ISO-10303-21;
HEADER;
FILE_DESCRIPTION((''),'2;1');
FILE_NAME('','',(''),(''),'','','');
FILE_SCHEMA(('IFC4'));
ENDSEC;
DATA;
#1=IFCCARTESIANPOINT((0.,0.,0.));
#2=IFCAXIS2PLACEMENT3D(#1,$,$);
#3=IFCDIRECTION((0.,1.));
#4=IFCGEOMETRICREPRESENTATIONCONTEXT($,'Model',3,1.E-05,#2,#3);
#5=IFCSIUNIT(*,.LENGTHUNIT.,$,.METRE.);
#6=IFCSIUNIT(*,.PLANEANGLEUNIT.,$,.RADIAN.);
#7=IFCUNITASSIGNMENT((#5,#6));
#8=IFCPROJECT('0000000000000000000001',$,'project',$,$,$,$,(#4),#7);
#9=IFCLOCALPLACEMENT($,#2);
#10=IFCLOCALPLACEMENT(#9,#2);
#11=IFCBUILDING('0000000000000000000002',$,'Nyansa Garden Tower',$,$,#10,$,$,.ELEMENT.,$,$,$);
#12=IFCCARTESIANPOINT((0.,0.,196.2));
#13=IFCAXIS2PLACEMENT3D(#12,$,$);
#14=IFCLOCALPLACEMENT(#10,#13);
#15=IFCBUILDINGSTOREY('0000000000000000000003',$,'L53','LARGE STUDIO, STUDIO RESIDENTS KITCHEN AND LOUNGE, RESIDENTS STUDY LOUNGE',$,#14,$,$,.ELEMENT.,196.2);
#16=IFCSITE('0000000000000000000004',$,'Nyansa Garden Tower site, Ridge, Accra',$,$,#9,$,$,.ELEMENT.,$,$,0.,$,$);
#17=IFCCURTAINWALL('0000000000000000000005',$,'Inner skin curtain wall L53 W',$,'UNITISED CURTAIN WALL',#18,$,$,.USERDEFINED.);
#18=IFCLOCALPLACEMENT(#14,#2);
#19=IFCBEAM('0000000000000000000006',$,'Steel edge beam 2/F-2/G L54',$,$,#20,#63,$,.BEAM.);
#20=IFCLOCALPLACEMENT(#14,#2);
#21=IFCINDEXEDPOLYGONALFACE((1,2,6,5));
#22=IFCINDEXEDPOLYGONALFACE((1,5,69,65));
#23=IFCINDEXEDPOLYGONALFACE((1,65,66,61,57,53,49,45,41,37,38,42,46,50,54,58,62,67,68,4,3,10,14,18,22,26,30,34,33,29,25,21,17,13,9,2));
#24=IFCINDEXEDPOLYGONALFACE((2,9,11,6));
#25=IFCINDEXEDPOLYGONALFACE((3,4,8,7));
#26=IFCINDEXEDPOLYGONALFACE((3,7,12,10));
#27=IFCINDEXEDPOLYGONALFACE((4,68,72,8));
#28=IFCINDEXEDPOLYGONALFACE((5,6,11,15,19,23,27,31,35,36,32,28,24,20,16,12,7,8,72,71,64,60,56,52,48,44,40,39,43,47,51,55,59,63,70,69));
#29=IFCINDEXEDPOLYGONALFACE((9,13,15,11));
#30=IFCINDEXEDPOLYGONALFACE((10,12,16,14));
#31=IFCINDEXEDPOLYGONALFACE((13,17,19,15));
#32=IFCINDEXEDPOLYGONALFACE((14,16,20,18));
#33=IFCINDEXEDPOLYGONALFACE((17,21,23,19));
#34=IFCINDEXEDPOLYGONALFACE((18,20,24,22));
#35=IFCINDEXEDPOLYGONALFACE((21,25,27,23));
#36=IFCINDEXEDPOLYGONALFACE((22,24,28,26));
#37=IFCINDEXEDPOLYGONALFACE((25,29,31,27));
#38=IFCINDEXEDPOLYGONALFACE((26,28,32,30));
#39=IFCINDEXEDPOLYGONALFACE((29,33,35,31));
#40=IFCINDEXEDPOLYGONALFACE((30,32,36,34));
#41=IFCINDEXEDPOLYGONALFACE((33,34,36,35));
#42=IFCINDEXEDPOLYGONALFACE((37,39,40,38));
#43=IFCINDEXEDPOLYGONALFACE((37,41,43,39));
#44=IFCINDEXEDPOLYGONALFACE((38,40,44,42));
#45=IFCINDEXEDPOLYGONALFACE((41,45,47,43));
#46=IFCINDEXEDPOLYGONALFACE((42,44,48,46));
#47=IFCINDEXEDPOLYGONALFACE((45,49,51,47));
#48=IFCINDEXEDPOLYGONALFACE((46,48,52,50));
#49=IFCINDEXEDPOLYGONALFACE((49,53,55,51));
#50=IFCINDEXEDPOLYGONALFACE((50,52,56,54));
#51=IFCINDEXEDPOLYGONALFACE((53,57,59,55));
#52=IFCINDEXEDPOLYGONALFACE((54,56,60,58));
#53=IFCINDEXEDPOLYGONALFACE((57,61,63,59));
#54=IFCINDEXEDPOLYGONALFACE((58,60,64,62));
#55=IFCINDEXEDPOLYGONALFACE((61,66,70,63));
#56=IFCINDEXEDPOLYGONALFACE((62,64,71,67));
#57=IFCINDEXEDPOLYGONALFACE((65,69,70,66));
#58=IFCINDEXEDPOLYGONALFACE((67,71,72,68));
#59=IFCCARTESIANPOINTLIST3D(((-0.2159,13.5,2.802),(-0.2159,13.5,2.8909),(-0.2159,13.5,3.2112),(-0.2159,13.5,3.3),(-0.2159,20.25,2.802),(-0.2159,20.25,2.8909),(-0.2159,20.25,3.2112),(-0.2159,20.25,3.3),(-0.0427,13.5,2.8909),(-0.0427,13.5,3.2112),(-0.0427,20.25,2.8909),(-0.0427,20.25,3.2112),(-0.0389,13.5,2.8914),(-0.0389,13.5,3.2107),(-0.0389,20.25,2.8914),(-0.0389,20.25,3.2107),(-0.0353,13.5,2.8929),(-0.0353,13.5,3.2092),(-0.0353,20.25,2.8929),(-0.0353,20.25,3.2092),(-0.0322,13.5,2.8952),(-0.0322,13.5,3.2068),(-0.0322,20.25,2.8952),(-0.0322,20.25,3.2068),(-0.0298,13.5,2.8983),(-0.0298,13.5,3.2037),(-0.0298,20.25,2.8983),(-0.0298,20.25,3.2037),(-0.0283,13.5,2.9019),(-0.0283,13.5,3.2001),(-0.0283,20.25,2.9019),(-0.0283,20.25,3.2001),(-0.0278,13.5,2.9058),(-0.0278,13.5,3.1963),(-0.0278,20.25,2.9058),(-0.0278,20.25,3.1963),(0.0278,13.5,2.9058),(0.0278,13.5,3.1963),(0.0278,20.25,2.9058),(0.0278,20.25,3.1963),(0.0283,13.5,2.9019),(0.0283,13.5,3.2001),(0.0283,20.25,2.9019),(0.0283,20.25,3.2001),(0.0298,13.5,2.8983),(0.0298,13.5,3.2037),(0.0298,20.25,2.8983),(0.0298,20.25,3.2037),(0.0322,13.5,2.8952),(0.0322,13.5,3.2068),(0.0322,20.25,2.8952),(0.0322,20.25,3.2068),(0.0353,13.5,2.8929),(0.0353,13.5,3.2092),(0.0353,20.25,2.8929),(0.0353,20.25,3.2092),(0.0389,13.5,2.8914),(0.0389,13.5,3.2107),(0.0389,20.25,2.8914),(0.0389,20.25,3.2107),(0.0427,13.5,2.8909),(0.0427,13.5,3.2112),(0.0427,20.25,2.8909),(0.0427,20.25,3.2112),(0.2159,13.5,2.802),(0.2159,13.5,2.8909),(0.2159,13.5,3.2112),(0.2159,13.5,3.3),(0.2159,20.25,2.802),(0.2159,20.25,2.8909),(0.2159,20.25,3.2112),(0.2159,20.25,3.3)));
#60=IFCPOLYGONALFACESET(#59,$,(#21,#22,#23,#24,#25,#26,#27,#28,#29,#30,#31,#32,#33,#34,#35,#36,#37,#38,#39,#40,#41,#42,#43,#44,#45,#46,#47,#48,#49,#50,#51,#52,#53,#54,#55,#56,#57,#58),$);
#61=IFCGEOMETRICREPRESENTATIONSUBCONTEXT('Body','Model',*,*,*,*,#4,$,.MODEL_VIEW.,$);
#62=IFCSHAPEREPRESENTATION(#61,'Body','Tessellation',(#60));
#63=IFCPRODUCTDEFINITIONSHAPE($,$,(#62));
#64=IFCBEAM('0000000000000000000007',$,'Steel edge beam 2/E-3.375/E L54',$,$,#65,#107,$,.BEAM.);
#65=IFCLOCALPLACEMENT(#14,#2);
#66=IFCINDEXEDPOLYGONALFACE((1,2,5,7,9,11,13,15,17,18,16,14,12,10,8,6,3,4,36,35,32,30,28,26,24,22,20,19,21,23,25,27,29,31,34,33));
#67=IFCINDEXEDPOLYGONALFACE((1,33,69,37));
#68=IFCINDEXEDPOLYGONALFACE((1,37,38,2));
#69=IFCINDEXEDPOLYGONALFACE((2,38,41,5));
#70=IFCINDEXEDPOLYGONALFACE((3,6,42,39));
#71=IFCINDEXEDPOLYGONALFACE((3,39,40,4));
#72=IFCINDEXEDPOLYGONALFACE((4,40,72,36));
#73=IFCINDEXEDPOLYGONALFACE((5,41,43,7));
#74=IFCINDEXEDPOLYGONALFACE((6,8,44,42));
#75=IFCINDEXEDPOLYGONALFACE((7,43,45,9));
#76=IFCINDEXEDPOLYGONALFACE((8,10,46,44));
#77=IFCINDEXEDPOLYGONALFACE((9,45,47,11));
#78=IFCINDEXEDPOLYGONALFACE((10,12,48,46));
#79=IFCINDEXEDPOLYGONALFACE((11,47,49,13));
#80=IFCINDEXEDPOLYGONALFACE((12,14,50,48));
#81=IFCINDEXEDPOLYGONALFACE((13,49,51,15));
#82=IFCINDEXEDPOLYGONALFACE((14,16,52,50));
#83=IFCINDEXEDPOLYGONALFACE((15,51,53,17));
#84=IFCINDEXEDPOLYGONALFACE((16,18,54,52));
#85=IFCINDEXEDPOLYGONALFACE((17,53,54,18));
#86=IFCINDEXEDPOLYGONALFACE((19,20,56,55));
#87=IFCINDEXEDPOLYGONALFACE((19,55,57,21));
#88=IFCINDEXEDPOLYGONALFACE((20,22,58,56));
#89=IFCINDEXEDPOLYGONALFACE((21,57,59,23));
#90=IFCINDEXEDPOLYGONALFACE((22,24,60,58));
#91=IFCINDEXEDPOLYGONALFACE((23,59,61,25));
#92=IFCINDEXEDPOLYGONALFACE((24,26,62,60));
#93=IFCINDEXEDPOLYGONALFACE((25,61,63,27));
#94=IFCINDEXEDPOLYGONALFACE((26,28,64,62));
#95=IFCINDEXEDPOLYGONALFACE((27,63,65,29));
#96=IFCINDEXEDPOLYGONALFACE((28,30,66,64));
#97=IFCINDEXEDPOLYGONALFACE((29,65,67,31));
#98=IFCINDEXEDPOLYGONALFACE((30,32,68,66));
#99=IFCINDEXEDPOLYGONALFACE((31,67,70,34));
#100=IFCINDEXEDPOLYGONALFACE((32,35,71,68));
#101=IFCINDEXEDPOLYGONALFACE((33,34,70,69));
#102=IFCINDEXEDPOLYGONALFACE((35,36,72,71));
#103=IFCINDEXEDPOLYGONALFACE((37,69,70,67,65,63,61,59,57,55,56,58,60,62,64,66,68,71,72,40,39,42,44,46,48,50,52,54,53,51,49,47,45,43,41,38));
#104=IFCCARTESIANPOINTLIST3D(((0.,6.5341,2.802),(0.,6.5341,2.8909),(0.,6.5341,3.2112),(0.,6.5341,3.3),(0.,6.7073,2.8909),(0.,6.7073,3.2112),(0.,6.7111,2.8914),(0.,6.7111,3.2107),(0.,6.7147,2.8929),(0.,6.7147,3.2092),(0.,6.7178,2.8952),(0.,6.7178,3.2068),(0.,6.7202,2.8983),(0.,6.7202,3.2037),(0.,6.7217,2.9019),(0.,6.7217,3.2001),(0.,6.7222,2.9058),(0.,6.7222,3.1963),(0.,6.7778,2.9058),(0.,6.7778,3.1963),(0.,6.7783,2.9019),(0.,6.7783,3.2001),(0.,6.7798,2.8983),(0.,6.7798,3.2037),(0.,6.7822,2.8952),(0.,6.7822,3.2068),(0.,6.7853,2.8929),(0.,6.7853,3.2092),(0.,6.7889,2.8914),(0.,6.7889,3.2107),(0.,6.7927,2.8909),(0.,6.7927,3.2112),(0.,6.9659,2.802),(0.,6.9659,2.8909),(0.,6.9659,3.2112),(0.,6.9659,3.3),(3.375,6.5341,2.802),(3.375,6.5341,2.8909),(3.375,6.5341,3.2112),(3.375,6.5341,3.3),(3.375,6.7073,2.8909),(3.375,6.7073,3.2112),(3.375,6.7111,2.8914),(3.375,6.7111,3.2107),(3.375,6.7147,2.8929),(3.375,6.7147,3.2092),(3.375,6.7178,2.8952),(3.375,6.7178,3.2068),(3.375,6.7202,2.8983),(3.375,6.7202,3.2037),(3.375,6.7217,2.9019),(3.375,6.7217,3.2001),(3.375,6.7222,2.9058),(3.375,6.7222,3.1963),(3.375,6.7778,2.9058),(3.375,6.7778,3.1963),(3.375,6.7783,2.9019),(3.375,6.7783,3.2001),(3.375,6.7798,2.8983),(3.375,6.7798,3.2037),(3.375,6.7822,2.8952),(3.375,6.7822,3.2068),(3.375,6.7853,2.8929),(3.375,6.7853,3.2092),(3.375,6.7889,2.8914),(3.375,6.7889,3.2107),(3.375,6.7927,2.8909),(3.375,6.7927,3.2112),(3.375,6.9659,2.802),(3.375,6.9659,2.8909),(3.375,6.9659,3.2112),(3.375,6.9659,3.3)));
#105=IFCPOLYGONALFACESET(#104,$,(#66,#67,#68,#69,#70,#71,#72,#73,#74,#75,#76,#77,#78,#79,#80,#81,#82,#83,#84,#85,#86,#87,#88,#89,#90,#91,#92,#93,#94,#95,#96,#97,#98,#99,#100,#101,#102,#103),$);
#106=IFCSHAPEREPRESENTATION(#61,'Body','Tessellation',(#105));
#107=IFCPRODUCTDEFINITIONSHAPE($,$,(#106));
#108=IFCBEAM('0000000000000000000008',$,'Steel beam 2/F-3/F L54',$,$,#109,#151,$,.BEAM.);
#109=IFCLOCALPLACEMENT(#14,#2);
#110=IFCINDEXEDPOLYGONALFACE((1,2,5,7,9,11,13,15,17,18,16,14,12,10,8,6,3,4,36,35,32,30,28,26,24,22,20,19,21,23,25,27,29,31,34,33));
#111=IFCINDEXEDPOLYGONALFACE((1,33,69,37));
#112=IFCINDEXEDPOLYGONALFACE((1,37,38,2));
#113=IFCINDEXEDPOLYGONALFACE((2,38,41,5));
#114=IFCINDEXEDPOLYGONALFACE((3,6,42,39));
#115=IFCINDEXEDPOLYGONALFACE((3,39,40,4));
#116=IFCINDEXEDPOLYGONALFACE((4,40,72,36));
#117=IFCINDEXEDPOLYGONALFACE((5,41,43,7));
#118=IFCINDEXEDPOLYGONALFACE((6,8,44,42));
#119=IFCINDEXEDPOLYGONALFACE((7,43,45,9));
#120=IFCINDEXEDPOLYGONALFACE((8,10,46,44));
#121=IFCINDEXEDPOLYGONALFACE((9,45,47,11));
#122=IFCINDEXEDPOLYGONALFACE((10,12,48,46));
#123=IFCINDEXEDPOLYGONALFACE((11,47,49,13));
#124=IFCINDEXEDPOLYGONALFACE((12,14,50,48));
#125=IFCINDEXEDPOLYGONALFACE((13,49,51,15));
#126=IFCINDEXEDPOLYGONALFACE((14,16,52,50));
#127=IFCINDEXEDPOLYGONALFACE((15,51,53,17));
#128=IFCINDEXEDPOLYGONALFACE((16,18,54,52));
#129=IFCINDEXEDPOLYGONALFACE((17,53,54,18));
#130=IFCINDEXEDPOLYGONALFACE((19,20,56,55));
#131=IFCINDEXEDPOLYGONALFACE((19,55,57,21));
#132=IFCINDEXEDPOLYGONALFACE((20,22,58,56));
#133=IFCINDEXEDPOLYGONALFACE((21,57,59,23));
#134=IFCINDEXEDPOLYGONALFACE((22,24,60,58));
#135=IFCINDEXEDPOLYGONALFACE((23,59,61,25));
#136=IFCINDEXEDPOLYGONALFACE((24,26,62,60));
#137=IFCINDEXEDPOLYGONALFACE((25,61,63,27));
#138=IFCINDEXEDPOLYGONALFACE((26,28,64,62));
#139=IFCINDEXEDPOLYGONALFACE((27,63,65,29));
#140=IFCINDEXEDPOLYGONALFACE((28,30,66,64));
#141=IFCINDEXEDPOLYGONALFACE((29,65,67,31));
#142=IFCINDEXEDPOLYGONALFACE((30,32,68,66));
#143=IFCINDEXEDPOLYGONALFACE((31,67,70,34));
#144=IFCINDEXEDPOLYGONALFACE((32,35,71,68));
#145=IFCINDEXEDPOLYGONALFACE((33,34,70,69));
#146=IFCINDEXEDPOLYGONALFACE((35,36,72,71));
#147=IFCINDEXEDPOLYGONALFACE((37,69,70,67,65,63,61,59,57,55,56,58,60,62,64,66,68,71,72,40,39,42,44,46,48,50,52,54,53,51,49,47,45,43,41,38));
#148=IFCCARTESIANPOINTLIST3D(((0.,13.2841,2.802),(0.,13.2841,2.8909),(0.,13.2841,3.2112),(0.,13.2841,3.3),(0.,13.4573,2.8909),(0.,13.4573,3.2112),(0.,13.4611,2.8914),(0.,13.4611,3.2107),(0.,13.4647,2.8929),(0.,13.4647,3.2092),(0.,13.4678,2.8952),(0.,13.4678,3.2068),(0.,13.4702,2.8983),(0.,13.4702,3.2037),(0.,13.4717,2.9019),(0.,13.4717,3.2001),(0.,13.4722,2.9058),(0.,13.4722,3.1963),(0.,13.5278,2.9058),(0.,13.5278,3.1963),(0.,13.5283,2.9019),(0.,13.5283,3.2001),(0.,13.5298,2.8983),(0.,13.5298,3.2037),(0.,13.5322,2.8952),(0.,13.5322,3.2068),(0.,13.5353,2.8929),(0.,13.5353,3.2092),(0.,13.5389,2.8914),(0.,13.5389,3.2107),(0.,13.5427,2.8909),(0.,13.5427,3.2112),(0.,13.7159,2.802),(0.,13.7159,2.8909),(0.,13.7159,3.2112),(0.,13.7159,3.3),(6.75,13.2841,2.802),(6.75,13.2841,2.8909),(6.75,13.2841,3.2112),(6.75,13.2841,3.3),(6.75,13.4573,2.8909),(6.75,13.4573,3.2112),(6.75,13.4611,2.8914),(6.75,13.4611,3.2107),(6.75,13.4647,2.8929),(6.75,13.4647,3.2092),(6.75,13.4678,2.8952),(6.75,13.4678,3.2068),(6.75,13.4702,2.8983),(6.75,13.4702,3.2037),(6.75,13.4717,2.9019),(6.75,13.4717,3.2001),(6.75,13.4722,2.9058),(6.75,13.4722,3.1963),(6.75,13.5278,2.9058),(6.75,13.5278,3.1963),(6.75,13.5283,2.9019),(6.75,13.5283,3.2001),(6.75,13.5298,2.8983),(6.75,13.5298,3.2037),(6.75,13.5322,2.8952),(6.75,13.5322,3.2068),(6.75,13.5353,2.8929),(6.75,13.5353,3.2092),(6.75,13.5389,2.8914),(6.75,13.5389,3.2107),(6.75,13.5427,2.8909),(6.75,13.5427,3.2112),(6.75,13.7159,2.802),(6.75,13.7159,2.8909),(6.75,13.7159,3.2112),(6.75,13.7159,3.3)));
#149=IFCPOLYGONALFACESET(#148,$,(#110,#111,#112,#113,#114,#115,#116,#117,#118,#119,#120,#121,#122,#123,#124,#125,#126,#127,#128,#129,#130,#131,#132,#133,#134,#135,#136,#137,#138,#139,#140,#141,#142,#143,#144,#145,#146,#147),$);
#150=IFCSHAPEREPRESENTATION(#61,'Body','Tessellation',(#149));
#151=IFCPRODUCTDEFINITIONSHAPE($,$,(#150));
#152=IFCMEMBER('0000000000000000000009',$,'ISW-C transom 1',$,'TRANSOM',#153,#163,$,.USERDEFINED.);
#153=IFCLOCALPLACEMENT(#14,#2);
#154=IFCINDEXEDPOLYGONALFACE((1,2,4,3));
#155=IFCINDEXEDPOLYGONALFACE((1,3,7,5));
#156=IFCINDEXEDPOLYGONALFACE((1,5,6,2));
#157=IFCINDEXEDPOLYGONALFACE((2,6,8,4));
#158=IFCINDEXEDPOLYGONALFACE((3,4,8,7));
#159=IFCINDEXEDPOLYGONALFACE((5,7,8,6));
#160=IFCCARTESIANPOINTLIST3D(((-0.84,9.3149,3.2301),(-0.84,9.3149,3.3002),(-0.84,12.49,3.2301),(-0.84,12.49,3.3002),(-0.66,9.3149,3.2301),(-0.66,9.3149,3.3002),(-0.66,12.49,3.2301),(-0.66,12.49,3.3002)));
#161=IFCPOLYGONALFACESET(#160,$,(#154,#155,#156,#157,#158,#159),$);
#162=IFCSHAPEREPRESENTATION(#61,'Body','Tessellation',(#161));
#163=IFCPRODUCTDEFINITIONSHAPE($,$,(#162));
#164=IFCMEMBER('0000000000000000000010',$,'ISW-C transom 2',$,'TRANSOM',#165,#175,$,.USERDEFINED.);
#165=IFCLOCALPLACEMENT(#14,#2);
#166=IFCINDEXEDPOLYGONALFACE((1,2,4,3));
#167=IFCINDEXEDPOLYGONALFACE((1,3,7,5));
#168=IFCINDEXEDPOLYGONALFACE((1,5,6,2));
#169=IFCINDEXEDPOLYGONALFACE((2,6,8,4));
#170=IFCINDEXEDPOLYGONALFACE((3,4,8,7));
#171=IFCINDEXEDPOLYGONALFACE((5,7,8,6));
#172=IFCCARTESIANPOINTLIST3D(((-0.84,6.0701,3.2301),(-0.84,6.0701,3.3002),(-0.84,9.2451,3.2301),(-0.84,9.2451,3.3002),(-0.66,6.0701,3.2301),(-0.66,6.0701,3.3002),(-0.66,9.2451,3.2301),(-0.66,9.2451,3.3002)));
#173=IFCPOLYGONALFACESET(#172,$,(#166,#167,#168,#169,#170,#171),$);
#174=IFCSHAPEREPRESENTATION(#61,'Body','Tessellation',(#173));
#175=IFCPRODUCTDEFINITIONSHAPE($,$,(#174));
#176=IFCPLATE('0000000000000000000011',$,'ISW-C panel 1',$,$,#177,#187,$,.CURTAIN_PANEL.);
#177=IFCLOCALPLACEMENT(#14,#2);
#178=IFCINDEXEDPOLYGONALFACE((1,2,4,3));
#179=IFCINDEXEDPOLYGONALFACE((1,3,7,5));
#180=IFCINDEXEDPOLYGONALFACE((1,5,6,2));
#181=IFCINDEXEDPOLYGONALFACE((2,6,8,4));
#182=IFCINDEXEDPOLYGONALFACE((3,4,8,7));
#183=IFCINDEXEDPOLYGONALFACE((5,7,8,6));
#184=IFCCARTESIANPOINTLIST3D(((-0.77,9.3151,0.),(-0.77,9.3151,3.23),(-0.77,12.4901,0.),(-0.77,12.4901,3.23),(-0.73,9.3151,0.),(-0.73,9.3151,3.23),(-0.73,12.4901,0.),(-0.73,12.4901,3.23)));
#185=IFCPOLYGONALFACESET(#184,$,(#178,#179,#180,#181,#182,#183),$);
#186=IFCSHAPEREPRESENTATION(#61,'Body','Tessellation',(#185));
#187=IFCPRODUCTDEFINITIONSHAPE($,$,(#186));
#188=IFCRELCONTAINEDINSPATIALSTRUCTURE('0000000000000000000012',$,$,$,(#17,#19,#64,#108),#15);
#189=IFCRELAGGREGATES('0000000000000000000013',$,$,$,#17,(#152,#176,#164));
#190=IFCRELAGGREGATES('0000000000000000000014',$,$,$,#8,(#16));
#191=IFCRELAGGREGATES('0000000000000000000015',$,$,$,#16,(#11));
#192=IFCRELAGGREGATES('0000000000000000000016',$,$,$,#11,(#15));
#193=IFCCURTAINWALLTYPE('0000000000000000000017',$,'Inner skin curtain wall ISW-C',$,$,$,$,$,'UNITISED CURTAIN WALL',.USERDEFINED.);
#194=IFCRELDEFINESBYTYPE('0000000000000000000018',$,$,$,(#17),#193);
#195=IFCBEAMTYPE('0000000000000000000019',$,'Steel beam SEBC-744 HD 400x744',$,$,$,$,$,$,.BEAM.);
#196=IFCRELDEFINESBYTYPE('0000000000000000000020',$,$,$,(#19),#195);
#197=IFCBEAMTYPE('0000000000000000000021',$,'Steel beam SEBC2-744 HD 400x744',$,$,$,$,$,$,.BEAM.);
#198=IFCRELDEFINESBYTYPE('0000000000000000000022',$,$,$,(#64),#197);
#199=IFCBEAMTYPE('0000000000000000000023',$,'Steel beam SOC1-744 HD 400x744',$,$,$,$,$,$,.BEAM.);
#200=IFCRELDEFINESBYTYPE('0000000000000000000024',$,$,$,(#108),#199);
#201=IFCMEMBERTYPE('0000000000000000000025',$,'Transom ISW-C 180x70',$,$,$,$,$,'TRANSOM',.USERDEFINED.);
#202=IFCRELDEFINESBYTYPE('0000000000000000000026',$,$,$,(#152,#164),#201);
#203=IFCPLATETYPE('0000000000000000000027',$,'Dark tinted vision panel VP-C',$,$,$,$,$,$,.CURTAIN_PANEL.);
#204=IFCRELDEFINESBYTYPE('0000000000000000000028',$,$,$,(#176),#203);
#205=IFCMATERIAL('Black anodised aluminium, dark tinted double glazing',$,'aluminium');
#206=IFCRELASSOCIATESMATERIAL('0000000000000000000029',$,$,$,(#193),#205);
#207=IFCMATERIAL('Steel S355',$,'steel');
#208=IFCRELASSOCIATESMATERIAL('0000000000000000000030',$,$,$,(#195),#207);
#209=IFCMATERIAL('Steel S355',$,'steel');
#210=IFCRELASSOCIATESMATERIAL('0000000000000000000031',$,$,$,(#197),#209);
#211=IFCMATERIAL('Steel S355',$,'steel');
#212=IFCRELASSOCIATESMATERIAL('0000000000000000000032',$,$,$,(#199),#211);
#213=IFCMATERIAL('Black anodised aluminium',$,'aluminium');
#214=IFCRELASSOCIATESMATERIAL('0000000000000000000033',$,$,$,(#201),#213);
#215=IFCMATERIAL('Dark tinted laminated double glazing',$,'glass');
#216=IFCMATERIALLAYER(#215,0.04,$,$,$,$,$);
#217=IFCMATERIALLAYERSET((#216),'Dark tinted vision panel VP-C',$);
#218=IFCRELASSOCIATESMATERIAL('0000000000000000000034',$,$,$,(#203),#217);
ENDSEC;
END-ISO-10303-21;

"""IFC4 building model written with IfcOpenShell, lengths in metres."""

from ifc_helpers import new_model, si_unit, direction, frame, origin, origin_2d, place, context, subcontext, project, spatial, rectangle, i_section, extrude, material, layer, layer_set, material_profile, profile_set, type_object, element, aggregate, save


model = new_model("IFC4")

# Units and contexts
model_context = context("Model", 3, precision=1e-05, world=origin(), true_north=direction((0.0, 1.0)))
body_context = subcontext(model_context, "Body", "Model", "MODEL_VIEW")
ifc_project = project(units=[si_unit("LENGTHUNIT", "METRE"), si_unit("PLANEANGLEUNIT", "RADIAN")], contexts=[model_context])

# Site, building, storey
site_placement = place(None, origin())
site = spatial("IfcSite", under=ifc_project, at=site_placement, Name="Nyansa Garden Tower site, Ridge, Accra", CompositionType="ELEMENT", RefElevation=0.0)
building_placement = place(site_placement, origin())
building = spatial("IfcBuilding", under=site, at=building_placement, Name="Nyansa Garden Tower", CompositionType="ELEMENT")
storey_placement = place(building_placement, frame((0.0, 0.0, 196.2)))
storey = spatial("IfcBuildingStorey", under=building, at=storey_placement, Name="L53", Description="LARGE STUDIO, STUDIO RESIDENTS KITCHEN AND LOUNGE, RESIDENTS STUDY LOUNGE", CompositionType="ELEMENT", Elevation=196.2)

# Curtain wall
ifc_material_1 = material(Name="Black anodised aluminium, dark tinted double glazing", Category="aluminium")
curtain_wall_type = type_object("IfcCurtainWallType", Name="Inner skin curtain wall ISW-C", ElementType="UNITISED CURTAIN WALL", PredefinedType="USERDEFINED", material=ifc_material_1)
curtain_wall_placement = place(storey_placement, origin())
curtain_wall = element("IfcCurtainWall", 1, at=curtain_wall_placement, inside=storey, type_object=curtain_wall_type, Name="Inner skin curtain wall L53 W", ObjectType="UNITISED CURTAIN WALL", PredefinedType="USERDEFINED")

# Beams
ifc_material_2 = material(Name="Steel S355", Category="steel")
ifc_material_profile_1 = material_profile(ifc_material_2, i_section(OverallWidth=0.4319, OverallDepth=0.498, WebThickness=0.0557, FlangeThickness=0.0889, FilletRadius=0.0149, at=origin_2d()), Name="HD 400x744")
ifc_profile_set_1 = profile_set([ifc_material_profile_1], Name="Steel S355")
beam_type_1 = type_object("IfcBeamType", Name="Steel beam SEBC-744 HD 400x744", PredefinedType="BEAM", material=ifc_profile_set_1)
beam_1_placement = place(storey_placement, frame((0.0, 13.5, 3.051), z_axis=(0.0, 1.0, 0.0), x_axis=(-1.0, 0.0, 0.0)))
element("IfcBeam", 2, at=beam_1_placement, inside=storey, type_object=beam_type_1, Name="Steel edge beam 2/F-2/G L54", PredefinedType="BEAM", context=body_context, shape_type="SweptSolid", body=[
    extrude(i_section(OverallWidth=0.4319, OverallDepth=0.498, WebThickness=0.0557, FlangeThickness=0.0889, FilletRadius=0.0149, at=origin_2d()), origin(), (0.0, 0.0, 1.0), 6.75),
])
ifc_material_3 = material(Name="Steel S355", Category="steel")
ifc_material_profile_2 = material_profile(ifc_material_3, i_section(OverallWidth=0.4319, OverallDepth=0.498, WebThickness=0.0557, FlangeThickness=0.0889, FilletRadius=0.0149, at=origin_2d()), Name="HD 400x744")
ifc_profile_set_2 = profile_set([ifc_material_profile_2], Name="Steel S355")
beam_type_2 = type_object("IfcBeamType", Name="Steel beam SEBC2-744 HD 400x744", PredefinedType="BEAM", material=ifc_profile_set_2)
beam_2_placement = place(storey_placement, frame((0.0, 6.75, 3.051), z_axis=(1.0, 0.0, 0.0), x_axis=(0.0, 1.0, 0.0)))
element("IfcBeam", 3, at=beam_2_placement, inside=storey, type_object=beam_type_2, Name="Steel edge beam 2/E-3.375/E L54", PredefinedType="BEAM", context=body_context, shape_type="SweptSolid", body=[
    extrude(i_section(OverallWidth=0.4319, OverallDepth=0.498, WebThickness=0.0557, FlangeThickness=0.0889, FilletRadius=0.0149, at=origin_2d()), origin(), (0.0, 0.0, 1.0), 3.375),
])
ifc_material_4 = material(Name="Steel S355", Category="steel")
ifc_material_profile_3 = material_profile(ifc_material_4, i_section(OverallWidth=0.4319, OverallDepth=0.498, WebThickness=0.0557, FlangeThickness=0.0889, FilletRadius=0.0149, at=origin_2d()), Name="HD 400x744")
ifc_profile_set_3 = profile_set([ifc_material_profile_3], Name="Steel S355")
beam_type_3 = type_object("IfcBeamType", Name="Steel beam SOC1-744 HD 400x744", PredefinedType="BEAM", material=ifc_profile_set_3)
beam_3_placement = place(storey_placement, frame((0.0, 13.5, 3.051), z_axis=(1.0, 0.0, 0.0), x_axis=(0.0, 1.0, 0.0)))
element("IfcBeam", 4, at=beam_3_placement, inside=storey, type_object=beam_type_3, Name="Steel beam 2/F-3/F L54", PredefinedType="BEAM", context=body_context, shape_type="SweptSolid", body=[
    extrude(i_section(OverallWidth=0.4319, OverallDepth=0.498, WebThickness=0.0557, FlangeThickness=0.0889, FilletRadius=0.0149, at=origin_2d()), origin(), (0.0, 0.0, 1.0), 6.75),
])

# Members
ifc_material_5 = material(Name="Black anodised aluminium", Category="aluminium")
ifc_material_profile_4 = material_profile(ifc_material_5, rectangle(XDim=0.1799, YDim=0.0701, at=origin_2d()), Name="Transom 180x70")
ifc_profile_set_4 = profile_set([ifc_material_profile_4], Name="Black anodised aluminium")
member_type_1 = type_object("IfcMemberType", Name="Transom ISW-C 180x70", ElementType="TRANSOM", PredefinedType="USERDEFINED", material=ifc_profile_set_4)
member_1_placement = place(storey_placement, frame((-0.75, 12.49, 3.2651), z_axis=(0.0, -1.0, 0.0), x_axis=(1.0, 0.0, 0.0)))
member_1 = element("IfcMember", 5, at=member_1_placement, type_object=member_type_1, Name="ISW-C transom 1", ObjectType="TRANSOM", PredefinedType="USERDEFINED", context=body_context, shape_type="SweptSolid", body=[
    extrude(rectangle(XDim=0.1799, YDim=0.0701, at=origin_2d()), origin(), (0.0, 0.0, 1.0), 3.175),
])
member_2_placement = place(storey_placement, frame((-0.75, 9.2451, 3.2651), z_axis=(0.0, -1.0, 0.0), x_axis=(1.0, 0.0, 0.0)))
member_2 = element("IfcMember", 6, at=member_2_placement, type_object=member_type_1, Name="ISW-C transom 2", ObjectType="TRANSOM", PredefinedType="USERDEFINED", context=body_context, shape_type="SweptSolid", body=[
    extrude(rectangle(XDim=0.1799, YDim=0.0701, at=origin_2d()), origin(), (0.0, 0.0, 1.0), 3.175),
])

# Plate
ifc_material_6 = material(Name="Dark tinted laminated double glazing", Category="glass")
ifc_layer_1 = layer(ifc_material_6, 0.04)
ifc_layer_set_1 = layer_set([ifc_layer_1], Name="Dark tinted vision panel VP-C")
plate_type = type_object("IfcPlateType", Name="Dark tinted vision panel VP-C", PredefinedType="CURTAIN_PANEL", material=ifc_layer_set_1)
plate_1_placement = place(storey_placement, frame((-0.75, 10.9026, 0.0), z_axis=(0.0, 0.0, 1.0), x_axis=(0.0, -1.0, 0.0)))
plate_1 = element("IfcPlate", 7, at=plate_1_placement, type_object=plate_type, Name="ISW-C panel 1", PredefinedType="CURTAIN_PANEL", context=body_context, shape_type="SweptSolid", body=[
    extrude(rectangle(XDim=3.175, YDim=0.04, at=origin_2d()), origin(), (0.0, 0.0, 1.0), 3.23),
])
aggregate(curtain_wall, [member_1, plate_1, member_2])

save(model, "model.ifc")
